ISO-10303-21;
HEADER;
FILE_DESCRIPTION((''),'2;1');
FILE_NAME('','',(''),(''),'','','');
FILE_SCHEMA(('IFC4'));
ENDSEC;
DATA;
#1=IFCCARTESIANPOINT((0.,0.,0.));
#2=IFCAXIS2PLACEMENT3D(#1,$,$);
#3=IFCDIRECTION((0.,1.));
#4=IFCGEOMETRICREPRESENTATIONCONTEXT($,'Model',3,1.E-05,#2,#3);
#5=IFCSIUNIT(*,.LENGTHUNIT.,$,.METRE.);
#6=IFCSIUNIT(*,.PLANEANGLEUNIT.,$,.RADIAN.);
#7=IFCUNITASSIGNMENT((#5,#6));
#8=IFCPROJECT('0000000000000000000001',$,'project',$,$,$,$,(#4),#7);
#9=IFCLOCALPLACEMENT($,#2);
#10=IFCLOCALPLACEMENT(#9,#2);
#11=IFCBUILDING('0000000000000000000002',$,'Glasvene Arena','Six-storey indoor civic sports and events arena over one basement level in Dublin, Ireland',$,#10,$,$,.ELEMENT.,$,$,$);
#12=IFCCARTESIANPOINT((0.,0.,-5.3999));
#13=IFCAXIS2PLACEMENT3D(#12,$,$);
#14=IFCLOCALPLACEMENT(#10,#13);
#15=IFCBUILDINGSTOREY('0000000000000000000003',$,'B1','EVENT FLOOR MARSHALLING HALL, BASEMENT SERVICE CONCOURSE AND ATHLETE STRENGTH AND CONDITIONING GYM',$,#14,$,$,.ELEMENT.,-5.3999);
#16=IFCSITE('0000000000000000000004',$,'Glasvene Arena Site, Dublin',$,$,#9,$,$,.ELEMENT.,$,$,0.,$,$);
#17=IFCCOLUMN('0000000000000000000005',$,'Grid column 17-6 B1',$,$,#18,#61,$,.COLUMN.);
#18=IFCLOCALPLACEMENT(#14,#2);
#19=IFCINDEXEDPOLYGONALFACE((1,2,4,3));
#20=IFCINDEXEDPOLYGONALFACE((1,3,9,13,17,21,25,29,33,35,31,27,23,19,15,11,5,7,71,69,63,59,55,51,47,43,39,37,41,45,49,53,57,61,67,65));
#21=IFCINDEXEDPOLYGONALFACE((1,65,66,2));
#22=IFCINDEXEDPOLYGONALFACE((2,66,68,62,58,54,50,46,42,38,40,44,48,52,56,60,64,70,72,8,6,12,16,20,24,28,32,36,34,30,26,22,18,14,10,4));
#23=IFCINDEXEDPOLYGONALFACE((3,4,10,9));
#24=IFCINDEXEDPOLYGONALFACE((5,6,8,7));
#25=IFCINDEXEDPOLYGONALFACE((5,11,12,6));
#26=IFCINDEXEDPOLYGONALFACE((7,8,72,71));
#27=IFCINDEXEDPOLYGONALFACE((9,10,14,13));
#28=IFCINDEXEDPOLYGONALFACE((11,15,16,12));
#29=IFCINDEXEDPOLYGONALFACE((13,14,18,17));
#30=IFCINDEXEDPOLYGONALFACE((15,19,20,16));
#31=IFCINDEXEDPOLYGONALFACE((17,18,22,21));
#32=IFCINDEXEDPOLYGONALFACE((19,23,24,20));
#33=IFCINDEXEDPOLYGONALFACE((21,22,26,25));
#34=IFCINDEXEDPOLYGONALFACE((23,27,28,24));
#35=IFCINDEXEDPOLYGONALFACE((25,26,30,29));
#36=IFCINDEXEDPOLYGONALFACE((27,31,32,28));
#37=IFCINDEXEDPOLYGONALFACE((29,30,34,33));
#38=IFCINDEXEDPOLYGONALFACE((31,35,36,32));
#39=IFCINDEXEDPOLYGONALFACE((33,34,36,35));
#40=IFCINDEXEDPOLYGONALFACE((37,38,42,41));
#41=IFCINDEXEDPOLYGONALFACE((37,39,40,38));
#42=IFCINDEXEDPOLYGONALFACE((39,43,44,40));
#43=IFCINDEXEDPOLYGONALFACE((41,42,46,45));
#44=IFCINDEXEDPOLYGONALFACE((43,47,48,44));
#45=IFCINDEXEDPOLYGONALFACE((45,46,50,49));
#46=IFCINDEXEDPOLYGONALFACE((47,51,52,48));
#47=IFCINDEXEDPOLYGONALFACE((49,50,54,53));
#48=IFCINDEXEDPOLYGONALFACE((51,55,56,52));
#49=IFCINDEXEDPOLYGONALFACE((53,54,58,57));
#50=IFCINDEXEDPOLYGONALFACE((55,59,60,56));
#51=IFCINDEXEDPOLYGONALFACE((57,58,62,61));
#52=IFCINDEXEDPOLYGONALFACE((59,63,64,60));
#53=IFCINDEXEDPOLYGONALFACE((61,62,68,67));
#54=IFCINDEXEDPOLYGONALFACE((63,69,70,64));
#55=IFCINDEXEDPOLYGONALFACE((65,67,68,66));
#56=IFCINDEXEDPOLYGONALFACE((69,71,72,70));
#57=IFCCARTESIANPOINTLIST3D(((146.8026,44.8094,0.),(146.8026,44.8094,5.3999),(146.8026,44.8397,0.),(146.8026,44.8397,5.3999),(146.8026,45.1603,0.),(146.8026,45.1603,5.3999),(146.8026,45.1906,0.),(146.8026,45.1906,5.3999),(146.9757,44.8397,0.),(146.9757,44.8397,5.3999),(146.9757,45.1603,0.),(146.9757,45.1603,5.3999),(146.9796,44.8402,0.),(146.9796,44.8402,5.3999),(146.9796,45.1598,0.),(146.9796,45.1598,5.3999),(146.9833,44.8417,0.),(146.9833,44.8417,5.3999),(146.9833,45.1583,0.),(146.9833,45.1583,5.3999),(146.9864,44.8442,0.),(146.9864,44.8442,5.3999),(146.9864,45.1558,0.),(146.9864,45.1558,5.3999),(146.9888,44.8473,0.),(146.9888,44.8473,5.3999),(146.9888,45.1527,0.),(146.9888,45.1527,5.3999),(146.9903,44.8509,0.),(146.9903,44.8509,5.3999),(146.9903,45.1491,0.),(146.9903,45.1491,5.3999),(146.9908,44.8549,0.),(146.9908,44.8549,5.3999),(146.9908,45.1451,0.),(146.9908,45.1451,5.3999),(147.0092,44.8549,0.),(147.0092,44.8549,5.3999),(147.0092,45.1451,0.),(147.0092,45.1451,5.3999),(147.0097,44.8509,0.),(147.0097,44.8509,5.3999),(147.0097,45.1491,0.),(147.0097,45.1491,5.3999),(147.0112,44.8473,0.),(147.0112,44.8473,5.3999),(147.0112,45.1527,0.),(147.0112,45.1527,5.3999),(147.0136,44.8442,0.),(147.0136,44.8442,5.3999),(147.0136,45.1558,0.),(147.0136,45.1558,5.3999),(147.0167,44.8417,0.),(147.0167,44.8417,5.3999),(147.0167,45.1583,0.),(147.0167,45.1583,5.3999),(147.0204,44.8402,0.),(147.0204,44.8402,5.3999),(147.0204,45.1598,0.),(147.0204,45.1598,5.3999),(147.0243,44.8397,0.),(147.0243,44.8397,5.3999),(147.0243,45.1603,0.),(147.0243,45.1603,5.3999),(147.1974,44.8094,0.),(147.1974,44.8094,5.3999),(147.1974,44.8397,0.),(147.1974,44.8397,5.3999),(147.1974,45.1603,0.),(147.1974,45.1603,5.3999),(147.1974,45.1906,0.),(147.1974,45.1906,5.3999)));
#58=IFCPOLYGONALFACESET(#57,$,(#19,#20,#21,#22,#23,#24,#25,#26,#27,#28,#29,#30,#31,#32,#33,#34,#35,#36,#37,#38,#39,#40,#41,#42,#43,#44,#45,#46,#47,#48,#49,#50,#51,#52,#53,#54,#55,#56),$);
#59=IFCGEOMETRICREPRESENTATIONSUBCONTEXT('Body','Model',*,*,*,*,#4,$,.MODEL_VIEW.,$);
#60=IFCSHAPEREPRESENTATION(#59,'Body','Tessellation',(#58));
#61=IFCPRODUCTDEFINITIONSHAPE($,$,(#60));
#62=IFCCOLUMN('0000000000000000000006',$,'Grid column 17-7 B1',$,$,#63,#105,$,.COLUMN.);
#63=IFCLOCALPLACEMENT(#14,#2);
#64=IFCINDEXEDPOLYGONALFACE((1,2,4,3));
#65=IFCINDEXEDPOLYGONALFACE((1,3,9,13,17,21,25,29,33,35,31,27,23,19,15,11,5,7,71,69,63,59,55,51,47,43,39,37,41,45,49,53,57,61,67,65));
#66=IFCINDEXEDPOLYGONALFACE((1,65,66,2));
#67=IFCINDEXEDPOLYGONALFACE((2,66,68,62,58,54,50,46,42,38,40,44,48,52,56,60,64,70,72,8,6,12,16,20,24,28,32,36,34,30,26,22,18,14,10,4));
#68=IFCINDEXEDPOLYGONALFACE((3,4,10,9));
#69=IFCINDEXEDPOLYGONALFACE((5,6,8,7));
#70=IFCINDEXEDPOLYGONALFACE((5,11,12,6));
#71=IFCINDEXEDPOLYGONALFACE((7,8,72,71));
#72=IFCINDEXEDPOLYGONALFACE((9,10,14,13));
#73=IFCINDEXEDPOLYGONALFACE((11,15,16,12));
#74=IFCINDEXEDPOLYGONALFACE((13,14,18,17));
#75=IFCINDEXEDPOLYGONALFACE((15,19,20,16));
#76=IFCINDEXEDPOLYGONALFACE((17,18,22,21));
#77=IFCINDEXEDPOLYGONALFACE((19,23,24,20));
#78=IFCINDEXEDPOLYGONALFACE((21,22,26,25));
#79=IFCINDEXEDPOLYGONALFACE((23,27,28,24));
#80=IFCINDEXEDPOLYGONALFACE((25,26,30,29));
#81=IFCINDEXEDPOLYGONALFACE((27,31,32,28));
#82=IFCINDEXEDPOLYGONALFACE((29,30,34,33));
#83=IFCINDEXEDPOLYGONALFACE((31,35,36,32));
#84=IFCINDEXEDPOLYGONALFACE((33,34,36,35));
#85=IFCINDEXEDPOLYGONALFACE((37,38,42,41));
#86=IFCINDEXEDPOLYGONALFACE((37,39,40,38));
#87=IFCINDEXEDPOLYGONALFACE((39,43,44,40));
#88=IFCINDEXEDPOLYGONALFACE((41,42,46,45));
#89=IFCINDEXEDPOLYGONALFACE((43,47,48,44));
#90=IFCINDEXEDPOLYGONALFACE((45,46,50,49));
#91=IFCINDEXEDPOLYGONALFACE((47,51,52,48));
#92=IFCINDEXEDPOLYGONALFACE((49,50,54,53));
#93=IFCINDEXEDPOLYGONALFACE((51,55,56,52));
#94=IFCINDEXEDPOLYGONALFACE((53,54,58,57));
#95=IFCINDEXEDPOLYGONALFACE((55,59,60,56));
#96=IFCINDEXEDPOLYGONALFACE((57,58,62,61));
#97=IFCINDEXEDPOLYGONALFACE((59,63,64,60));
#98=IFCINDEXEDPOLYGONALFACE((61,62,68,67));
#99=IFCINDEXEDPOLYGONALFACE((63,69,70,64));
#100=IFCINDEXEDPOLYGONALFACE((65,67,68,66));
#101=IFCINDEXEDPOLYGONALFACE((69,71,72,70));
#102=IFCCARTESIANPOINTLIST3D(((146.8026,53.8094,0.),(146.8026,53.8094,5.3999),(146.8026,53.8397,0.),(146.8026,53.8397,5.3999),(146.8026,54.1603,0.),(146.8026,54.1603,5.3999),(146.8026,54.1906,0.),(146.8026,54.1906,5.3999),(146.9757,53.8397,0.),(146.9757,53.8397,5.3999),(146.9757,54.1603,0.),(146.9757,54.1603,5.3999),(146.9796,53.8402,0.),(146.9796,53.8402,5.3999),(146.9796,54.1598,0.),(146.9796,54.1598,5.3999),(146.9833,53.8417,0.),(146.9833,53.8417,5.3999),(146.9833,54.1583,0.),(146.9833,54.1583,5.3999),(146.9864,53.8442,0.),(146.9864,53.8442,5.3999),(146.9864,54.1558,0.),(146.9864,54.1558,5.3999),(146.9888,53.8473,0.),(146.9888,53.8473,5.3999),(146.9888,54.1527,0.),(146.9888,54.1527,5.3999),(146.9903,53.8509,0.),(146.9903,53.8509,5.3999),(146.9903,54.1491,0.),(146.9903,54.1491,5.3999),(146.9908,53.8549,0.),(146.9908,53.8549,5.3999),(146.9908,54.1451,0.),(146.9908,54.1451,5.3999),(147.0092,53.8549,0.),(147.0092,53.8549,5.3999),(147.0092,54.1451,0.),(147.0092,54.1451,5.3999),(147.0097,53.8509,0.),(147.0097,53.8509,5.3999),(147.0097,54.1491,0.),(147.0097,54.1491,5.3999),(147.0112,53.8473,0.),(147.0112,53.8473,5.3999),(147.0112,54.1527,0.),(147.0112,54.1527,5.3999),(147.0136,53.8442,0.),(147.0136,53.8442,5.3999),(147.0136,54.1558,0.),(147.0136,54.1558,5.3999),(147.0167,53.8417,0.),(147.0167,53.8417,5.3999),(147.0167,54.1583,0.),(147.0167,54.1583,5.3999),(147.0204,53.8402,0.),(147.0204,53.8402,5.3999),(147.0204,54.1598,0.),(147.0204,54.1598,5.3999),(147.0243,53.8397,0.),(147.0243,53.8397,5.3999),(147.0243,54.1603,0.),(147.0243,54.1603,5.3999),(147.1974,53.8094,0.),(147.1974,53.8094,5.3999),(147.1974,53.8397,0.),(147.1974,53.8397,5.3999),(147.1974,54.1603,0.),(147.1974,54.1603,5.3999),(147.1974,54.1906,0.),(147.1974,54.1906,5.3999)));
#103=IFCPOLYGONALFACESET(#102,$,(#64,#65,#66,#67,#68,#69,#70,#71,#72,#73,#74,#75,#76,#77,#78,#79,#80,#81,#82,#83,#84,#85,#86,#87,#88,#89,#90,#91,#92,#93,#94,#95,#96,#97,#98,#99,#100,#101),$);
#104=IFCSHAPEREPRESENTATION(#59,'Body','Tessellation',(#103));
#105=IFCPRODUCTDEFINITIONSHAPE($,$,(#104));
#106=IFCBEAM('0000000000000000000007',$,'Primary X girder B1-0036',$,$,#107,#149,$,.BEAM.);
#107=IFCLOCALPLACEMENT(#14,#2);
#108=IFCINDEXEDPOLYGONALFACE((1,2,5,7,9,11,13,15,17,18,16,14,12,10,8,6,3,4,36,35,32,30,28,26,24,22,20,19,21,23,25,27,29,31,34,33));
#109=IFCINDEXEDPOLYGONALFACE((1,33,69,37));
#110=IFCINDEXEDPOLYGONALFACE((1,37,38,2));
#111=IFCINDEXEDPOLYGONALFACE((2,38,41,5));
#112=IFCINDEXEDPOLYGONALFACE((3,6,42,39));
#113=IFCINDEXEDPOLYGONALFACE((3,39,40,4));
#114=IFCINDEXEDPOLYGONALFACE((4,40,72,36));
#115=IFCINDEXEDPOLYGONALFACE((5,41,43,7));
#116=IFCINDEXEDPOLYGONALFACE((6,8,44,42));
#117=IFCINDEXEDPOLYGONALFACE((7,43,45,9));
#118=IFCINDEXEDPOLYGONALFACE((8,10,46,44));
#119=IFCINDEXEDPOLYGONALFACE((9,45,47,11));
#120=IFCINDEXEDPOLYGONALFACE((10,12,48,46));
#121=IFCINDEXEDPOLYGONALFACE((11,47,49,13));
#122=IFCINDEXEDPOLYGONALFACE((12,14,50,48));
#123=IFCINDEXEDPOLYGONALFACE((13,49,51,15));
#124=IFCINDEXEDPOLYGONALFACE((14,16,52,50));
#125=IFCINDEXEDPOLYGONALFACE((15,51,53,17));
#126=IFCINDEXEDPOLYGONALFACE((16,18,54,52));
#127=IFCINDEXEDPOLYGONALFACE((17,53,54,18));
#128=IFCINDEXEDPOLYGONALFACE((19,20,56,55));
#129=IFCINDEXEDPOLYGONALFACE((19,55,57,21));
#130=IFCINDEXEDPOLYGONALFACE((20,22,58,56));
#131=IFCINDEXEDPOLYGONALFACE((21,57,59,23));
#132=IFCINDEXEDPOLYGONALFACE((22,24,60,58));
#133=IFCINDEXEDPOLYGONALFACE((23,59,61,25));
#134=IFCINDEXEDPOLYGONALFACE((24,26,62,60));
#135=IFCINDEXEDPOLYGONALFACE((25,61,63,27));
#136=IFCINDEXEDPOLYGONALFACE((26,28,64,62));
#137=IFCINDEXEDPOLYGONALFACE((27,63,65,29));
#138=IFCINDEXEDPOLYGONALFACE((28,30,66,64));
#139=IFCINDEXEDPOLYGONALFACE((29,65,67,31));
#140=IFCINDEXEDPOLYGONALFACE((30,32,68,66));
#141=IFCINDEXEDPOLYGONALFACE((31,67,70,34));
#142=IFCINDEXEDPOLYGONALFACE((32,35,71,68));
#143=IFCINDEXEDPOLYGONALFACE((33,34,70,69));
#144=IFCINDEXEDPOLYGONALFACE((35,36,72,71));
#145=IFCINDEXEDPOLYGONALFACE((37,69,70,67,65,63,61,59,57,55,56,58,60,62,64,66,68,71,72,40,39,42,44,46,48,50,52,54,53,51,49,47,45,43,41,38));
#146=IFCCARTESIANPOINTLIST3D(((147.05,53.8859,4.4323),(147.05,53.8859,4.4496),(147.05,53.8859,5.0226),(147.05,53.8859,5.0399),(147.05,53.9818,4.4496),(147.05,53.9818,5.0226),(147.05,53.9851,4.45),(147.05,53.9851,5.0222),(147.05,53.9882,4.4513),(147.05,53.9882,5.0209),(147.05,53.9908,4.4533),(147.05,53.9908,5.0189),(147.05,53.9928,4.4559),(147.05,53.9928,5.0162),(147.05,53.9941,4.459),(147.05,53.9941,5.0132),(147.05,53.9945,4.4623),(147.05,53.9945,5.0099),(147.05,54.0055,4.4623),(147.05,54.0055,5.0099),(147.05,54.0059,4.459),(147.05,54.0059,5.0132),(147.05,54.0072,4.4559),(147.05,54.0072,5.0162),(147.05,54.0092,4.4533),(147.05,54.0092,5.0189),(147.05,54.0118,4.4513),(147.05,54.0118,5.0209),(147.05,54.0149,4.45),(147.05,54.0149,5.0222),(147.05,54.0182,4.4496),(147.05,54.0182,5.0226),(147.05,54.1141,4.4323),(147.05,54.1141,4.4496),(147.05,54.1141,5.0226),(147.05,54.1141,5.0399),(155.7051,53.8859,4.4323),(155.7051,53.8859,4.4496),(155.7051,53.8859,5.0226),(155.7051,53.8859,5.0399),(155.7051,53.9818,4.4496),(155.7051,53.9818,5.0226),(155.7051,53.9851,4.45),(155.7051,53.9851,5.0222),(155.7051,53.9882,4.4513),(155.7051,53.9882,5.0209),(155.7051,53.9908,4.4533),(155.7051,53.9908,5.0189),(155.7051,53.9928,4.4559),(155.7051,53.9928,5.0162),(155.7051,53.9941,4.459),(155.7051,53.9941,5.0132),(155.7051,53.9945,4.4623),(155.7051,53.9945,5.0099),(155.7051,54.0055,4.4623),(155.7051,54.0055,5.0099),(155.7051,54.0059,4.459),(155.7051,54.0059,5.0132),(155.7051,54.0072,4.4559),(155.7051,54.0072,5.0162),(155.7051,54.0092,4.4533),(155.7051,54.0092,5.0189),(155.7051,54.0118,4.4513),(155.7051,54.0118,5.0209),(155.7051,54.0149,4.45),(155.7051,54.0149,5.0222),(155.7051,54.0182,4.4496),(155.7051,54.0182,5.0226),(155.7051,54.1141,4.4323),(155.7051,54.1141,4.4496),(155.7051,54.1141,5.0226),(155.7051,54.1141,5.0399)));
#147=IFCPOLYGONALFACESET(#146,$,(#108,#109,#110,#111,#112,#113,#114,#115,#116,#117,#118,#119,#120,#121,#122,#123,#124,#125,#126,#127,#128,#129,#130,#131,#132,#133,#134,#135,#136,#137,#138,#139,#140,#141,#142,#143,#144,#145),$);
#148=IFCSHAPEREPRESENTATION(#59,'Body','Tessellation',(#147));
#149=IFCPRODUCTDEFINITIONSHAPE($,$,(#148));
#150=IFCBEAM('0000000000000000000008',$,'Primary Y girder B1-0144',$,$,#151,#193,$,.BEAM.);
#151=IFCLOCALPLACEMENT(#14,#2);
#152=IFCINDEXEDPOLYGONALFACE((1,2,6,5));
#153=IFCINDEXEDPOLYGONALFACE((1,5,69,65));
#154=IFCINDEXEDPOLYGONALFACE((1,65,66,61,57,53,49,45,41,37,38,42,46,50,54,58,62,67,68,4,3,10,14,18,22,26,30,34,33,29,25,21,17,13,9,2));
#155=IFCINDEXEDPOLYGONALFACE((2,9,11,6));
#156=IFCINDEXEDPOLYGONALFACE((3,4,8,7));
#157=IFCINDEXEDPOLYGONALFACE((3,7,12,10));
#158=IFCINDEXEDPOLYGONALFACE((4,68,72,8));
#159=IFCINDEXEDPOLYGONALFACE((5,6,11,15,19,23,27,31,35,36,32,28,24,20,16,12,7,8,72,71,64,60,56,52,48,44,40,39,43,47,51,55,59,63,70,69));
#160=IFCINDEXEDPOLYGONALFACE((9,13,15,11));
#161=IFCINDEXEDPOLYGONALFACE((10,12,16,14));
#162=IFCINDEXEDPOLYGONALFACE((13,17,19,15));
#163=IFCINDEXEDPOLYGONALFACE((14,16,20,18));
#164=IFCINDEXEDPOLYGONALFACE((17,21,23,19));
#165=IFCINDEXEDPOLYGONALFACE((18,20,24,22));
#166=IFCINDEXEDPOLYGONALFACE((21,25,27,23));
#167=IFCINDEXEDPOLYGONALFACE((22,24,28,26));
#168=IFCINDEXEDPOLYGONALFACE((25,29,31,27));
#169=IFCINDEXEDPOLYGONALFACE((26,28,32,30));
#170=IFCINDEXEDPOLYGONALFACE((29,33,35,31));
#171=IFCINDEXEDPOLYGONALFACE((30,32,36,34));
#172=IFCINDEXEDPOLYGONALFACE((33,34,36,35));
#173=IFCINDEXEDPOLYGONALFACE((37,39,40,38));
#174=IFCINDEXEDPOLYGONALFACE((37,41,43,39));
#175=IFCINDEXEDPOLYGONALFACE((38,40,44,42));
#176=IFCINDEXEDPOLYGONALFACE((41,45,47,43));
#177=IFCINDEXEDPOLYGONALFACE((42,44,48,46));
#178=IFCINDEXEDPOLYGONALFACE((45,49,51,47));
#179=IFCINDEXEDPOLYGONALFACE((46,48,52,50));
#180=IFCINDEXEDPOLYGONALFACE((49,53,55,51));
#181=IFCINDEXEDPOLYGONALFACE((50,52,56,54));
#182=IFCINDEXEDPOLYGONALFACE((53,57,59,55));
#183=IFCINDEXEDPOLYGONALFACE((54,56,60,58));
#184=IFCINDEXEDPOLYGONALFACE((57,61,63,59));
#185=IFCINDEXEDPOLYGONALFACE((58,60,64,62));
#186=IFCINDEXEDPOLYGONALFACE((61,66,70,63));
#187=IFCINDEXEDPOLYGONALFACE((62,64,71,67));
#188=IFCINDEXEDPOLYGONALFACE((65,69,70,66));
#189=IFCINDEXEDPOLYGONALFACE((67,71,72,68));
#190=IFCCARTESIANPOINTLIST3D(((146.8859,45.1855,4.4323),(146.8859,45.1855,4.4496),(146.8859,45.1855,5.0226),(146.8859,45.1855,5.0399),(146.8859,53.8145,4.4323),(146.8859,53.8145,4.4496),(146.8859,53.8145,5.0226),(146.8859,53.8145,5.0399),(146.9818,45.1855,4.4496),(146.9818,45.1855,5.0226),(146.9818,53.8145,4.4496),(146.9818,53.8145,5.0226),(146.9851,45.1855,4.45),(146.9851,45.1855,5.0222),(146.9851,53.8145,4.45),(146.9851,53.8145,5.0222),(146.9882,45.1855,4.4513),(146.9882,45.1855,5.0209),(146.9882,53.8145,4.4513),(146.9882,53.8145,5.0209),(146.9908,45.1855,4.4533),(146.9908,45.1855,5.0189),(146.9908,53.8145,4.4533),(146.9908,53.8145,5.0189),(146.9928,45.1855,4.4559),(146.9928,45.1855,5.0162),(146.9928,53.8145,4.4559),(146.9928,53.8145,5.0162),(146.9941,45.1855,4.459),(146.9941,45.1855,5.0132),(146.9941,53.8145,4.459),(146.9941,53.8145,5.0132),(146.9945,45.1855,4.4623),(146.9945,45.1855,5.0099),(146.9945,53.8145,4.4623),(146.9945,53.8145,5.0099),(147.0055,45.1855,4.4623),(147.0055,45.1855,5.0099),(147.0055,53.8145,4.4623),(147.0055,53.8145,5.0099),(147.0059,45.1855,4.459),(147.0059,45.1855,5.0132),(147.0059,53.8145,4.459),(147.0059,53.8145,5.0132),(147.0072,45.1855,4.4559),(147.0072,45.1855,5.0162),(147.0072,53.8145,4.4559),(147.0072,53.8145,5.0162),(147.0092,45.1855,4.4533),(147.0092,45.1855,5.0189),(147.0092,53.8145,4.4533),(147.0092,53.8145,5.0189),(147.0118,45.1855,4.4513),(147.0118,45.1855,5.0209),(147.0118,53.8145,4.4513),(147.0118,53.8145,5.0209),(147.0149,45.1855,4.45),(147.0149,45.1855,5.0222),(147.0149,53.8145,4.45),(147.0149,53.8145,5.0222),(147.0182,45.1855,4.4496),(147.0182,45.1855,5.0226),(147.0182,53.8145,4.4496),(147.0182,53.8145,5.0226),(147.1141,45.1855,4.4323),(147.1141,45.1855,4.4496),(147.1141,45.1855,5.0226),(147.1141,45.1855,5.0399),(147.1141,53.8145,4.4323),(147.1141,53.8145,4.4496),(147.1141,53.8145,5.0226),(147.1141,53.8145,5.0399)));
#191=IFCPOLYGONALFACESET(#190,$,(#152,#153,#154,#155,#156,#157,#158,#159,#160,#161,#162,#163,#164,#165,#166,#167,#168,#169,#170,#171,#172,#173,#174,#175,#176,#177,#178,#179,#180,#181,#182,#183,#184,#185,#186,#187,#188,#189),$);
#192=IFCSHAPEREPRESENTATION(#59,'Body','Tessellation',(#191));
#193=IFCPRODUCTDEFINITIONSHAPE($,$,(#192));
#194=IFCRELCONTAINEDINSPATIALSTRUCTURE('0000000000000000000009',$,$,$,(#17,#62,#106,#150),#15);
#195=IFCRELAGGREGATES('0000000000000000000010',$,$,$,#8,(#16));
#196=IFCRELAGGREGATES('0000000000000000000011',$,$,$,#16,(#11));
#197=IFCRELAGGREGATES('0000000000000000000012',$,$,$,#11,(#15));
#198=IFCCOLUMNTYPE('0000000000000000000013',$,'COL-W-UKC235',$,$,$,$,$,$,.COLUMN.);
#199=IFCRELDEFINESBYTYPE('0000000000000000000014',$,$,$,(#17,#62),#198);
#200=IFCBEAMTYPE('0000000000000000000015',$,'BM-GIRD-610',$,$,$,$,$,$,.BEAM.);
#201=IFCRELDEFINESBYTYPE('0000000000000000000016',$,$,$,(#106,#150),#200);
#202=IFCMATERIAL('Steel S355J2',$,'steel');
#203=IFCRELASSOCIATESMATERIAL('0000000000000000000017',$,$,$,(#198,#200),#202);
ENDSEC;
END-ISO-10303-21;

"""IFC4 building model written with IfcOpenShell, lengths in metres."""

from ifc_helpers import new_model, si_unit, direction, frame, origin, origin_2d, place, context, subcontext, project, spatial, i_section, extrude, material, material_profile, profile_set, type_object, element, save


model = new_model("IFC4")

# Units and contexts
model_context = context("Model", 3, precision=1e-05, world=origin(), true_north=direction((0.0, 1.0)))
body_context = subcontext(model_context, "Body", "Model", "MODEL_VIEW")
ifc_project = project(units=[si_unit("LENGTHUNIT", "METRE"), si_unit("PLANEANGLEUNIT", "RADIAN")], contexts=[model_context])

# Site, building, storey
site_placement = place(None, origin())
site = spatial("IfcSite", under=ifc_project, at=site_placement, Name="Glasvene Arena Site, Dublin", CompositionType="ELEMENT", RefElevation=0.0)
building_placement = place(site_placement, origin())
building = spatial("IfcBuilding", under=site, at=building_placement, Name="Glasvene Arena", Description="Six-storey indoor civic sports and events arena over one basement level in Dublin, Ireland", CompositionType="ELEMENT")
storey_placement = place(building_placement, frame((0.0, 0.0, -5.3999)))
storey = spatial("IfcBuildingStorey", under=building, at=storey_placement, Name="B1", Description="EVENT FLOOR MARSHALLING HALL, BASEMENT SERVICE CONCOURSE AND ATHLETE STRENGTH AND CONDITIONING GYM", CompositionType="ELEMENT", Elevation=-5.3999)

# Columns
ifc_material_1 = material(Name="Steel S355J2", Category="steel")
ifc_material_profile_1 = material_profile(ifc_material_1, i_section(OverallWidth=0.3948, OverallDepth=0.3811, WebThickness=0.0183, FlangeThickness=0.0303, FilletRadius=0.0151, at=origin_2d()), Name="UKC 356x406x235")
ifc_profile_set_1 = profile_set([ifc_material_profile_1], Name="Steel S355J2")
column_type = type_object("IfcColumnType", Name="COL-W-UKC235", PredefinedType="COLUMN", material=ifc_profile_set_1)
for number, where, z_axis, x_axis, name in (
    (1, (147.0, 45.0, 0.0), (0.0, 0.0, 1.0), (1.0, 0.0, 0.0), "Grid column 17-6 B1"),
    (2, (147.0, 54.0, 0.0), (0.0, 0.0, 1.0), (1.0, 0.0, 0.0), "Grid column 17-7 B1"),
):
    element("IfcColumn", number, at=place(storey_placement, frame(where, z_axis=z_axis, x_axis=x_axis)), inside=storey, type_object=column_type, Name=name, PredefinedType="COLUMN", context=body_context, shape_type="SweptSolid", body=[
        extrude(i_section(OverallWidth=0.3948, OverallDepth=0.3811, WebThickness=0.0183, FlangeThickness=0.0303, FilletRadius=0.0151, at=origin_2d()), origin(), (0.0, 0.0, 1.0), 5.3999),
    ])

# Beams
ifc_material_profile_2 = material_profile(ifc_material_1, i_section(OverallWidth=0.2283, OverallDepth=0.6077, WebThickness=0.011, FlangeThickness=0.0173, FilletRadius=0.0127, at=origin_2d()), Name="UKB 610x229x113")
ifc_profile_set_2 = profile_set([ifc_material_profile_2], Name="Steel S355J2")
beam_type = type_object("IfcBeamType", Name="BM-GIRD-610", PredefinedType="BEAM", material=ifc_profile_set_2)
beam_1_placement = place(storey_placement, frame((147.05, 54.0, 4.7361), z_axis=(1.0, 0.0, 0.0), x_axis=(0.0, 1.0, 0.0)))
element("IfcBeam", 3, at=beam_1_placement, inside=storey, type_object=beam_type, Name="Primary X girder B1-0036", PredefinedType="BEAM", context=body_context, shape_type="SweptSolid", body=[
    extrude(i_section(OverallWidth=0.2283, OverallDepth=0.6077, WebThickness=0.011, FlangeThickness=0.0173, FilletRadius=0.0127, at=origin_2d()), origin(), (0.0, 0.0, 1.0), 8.655),
])
beam_2_placement = place(storey_placement, frame((147.0, 45.1855, 4.7361), z_axis=(0.0, 1.0, 0.0), x_axis=(-1.0, 0.0, 0.0)))
element("IfcBeam", 4, at=beam_2_placement, inside=storey, type_object=beam_type, Name="Primary Y girder B1-0144", PredefinedType="BEAM", context=body_context, shape_type="SweptSolid", body=[
    extrude(i_section(OverallWidth=0.2283, OverallDepth=0.6077, WebThickness=0.011, FlangeThickness=0.0173, FilletRadius=0.0127, at=origin_2d()), origin(), (0.0, 0.0, 1.0), 8.6289),
])

save(model, "model.ifc")
